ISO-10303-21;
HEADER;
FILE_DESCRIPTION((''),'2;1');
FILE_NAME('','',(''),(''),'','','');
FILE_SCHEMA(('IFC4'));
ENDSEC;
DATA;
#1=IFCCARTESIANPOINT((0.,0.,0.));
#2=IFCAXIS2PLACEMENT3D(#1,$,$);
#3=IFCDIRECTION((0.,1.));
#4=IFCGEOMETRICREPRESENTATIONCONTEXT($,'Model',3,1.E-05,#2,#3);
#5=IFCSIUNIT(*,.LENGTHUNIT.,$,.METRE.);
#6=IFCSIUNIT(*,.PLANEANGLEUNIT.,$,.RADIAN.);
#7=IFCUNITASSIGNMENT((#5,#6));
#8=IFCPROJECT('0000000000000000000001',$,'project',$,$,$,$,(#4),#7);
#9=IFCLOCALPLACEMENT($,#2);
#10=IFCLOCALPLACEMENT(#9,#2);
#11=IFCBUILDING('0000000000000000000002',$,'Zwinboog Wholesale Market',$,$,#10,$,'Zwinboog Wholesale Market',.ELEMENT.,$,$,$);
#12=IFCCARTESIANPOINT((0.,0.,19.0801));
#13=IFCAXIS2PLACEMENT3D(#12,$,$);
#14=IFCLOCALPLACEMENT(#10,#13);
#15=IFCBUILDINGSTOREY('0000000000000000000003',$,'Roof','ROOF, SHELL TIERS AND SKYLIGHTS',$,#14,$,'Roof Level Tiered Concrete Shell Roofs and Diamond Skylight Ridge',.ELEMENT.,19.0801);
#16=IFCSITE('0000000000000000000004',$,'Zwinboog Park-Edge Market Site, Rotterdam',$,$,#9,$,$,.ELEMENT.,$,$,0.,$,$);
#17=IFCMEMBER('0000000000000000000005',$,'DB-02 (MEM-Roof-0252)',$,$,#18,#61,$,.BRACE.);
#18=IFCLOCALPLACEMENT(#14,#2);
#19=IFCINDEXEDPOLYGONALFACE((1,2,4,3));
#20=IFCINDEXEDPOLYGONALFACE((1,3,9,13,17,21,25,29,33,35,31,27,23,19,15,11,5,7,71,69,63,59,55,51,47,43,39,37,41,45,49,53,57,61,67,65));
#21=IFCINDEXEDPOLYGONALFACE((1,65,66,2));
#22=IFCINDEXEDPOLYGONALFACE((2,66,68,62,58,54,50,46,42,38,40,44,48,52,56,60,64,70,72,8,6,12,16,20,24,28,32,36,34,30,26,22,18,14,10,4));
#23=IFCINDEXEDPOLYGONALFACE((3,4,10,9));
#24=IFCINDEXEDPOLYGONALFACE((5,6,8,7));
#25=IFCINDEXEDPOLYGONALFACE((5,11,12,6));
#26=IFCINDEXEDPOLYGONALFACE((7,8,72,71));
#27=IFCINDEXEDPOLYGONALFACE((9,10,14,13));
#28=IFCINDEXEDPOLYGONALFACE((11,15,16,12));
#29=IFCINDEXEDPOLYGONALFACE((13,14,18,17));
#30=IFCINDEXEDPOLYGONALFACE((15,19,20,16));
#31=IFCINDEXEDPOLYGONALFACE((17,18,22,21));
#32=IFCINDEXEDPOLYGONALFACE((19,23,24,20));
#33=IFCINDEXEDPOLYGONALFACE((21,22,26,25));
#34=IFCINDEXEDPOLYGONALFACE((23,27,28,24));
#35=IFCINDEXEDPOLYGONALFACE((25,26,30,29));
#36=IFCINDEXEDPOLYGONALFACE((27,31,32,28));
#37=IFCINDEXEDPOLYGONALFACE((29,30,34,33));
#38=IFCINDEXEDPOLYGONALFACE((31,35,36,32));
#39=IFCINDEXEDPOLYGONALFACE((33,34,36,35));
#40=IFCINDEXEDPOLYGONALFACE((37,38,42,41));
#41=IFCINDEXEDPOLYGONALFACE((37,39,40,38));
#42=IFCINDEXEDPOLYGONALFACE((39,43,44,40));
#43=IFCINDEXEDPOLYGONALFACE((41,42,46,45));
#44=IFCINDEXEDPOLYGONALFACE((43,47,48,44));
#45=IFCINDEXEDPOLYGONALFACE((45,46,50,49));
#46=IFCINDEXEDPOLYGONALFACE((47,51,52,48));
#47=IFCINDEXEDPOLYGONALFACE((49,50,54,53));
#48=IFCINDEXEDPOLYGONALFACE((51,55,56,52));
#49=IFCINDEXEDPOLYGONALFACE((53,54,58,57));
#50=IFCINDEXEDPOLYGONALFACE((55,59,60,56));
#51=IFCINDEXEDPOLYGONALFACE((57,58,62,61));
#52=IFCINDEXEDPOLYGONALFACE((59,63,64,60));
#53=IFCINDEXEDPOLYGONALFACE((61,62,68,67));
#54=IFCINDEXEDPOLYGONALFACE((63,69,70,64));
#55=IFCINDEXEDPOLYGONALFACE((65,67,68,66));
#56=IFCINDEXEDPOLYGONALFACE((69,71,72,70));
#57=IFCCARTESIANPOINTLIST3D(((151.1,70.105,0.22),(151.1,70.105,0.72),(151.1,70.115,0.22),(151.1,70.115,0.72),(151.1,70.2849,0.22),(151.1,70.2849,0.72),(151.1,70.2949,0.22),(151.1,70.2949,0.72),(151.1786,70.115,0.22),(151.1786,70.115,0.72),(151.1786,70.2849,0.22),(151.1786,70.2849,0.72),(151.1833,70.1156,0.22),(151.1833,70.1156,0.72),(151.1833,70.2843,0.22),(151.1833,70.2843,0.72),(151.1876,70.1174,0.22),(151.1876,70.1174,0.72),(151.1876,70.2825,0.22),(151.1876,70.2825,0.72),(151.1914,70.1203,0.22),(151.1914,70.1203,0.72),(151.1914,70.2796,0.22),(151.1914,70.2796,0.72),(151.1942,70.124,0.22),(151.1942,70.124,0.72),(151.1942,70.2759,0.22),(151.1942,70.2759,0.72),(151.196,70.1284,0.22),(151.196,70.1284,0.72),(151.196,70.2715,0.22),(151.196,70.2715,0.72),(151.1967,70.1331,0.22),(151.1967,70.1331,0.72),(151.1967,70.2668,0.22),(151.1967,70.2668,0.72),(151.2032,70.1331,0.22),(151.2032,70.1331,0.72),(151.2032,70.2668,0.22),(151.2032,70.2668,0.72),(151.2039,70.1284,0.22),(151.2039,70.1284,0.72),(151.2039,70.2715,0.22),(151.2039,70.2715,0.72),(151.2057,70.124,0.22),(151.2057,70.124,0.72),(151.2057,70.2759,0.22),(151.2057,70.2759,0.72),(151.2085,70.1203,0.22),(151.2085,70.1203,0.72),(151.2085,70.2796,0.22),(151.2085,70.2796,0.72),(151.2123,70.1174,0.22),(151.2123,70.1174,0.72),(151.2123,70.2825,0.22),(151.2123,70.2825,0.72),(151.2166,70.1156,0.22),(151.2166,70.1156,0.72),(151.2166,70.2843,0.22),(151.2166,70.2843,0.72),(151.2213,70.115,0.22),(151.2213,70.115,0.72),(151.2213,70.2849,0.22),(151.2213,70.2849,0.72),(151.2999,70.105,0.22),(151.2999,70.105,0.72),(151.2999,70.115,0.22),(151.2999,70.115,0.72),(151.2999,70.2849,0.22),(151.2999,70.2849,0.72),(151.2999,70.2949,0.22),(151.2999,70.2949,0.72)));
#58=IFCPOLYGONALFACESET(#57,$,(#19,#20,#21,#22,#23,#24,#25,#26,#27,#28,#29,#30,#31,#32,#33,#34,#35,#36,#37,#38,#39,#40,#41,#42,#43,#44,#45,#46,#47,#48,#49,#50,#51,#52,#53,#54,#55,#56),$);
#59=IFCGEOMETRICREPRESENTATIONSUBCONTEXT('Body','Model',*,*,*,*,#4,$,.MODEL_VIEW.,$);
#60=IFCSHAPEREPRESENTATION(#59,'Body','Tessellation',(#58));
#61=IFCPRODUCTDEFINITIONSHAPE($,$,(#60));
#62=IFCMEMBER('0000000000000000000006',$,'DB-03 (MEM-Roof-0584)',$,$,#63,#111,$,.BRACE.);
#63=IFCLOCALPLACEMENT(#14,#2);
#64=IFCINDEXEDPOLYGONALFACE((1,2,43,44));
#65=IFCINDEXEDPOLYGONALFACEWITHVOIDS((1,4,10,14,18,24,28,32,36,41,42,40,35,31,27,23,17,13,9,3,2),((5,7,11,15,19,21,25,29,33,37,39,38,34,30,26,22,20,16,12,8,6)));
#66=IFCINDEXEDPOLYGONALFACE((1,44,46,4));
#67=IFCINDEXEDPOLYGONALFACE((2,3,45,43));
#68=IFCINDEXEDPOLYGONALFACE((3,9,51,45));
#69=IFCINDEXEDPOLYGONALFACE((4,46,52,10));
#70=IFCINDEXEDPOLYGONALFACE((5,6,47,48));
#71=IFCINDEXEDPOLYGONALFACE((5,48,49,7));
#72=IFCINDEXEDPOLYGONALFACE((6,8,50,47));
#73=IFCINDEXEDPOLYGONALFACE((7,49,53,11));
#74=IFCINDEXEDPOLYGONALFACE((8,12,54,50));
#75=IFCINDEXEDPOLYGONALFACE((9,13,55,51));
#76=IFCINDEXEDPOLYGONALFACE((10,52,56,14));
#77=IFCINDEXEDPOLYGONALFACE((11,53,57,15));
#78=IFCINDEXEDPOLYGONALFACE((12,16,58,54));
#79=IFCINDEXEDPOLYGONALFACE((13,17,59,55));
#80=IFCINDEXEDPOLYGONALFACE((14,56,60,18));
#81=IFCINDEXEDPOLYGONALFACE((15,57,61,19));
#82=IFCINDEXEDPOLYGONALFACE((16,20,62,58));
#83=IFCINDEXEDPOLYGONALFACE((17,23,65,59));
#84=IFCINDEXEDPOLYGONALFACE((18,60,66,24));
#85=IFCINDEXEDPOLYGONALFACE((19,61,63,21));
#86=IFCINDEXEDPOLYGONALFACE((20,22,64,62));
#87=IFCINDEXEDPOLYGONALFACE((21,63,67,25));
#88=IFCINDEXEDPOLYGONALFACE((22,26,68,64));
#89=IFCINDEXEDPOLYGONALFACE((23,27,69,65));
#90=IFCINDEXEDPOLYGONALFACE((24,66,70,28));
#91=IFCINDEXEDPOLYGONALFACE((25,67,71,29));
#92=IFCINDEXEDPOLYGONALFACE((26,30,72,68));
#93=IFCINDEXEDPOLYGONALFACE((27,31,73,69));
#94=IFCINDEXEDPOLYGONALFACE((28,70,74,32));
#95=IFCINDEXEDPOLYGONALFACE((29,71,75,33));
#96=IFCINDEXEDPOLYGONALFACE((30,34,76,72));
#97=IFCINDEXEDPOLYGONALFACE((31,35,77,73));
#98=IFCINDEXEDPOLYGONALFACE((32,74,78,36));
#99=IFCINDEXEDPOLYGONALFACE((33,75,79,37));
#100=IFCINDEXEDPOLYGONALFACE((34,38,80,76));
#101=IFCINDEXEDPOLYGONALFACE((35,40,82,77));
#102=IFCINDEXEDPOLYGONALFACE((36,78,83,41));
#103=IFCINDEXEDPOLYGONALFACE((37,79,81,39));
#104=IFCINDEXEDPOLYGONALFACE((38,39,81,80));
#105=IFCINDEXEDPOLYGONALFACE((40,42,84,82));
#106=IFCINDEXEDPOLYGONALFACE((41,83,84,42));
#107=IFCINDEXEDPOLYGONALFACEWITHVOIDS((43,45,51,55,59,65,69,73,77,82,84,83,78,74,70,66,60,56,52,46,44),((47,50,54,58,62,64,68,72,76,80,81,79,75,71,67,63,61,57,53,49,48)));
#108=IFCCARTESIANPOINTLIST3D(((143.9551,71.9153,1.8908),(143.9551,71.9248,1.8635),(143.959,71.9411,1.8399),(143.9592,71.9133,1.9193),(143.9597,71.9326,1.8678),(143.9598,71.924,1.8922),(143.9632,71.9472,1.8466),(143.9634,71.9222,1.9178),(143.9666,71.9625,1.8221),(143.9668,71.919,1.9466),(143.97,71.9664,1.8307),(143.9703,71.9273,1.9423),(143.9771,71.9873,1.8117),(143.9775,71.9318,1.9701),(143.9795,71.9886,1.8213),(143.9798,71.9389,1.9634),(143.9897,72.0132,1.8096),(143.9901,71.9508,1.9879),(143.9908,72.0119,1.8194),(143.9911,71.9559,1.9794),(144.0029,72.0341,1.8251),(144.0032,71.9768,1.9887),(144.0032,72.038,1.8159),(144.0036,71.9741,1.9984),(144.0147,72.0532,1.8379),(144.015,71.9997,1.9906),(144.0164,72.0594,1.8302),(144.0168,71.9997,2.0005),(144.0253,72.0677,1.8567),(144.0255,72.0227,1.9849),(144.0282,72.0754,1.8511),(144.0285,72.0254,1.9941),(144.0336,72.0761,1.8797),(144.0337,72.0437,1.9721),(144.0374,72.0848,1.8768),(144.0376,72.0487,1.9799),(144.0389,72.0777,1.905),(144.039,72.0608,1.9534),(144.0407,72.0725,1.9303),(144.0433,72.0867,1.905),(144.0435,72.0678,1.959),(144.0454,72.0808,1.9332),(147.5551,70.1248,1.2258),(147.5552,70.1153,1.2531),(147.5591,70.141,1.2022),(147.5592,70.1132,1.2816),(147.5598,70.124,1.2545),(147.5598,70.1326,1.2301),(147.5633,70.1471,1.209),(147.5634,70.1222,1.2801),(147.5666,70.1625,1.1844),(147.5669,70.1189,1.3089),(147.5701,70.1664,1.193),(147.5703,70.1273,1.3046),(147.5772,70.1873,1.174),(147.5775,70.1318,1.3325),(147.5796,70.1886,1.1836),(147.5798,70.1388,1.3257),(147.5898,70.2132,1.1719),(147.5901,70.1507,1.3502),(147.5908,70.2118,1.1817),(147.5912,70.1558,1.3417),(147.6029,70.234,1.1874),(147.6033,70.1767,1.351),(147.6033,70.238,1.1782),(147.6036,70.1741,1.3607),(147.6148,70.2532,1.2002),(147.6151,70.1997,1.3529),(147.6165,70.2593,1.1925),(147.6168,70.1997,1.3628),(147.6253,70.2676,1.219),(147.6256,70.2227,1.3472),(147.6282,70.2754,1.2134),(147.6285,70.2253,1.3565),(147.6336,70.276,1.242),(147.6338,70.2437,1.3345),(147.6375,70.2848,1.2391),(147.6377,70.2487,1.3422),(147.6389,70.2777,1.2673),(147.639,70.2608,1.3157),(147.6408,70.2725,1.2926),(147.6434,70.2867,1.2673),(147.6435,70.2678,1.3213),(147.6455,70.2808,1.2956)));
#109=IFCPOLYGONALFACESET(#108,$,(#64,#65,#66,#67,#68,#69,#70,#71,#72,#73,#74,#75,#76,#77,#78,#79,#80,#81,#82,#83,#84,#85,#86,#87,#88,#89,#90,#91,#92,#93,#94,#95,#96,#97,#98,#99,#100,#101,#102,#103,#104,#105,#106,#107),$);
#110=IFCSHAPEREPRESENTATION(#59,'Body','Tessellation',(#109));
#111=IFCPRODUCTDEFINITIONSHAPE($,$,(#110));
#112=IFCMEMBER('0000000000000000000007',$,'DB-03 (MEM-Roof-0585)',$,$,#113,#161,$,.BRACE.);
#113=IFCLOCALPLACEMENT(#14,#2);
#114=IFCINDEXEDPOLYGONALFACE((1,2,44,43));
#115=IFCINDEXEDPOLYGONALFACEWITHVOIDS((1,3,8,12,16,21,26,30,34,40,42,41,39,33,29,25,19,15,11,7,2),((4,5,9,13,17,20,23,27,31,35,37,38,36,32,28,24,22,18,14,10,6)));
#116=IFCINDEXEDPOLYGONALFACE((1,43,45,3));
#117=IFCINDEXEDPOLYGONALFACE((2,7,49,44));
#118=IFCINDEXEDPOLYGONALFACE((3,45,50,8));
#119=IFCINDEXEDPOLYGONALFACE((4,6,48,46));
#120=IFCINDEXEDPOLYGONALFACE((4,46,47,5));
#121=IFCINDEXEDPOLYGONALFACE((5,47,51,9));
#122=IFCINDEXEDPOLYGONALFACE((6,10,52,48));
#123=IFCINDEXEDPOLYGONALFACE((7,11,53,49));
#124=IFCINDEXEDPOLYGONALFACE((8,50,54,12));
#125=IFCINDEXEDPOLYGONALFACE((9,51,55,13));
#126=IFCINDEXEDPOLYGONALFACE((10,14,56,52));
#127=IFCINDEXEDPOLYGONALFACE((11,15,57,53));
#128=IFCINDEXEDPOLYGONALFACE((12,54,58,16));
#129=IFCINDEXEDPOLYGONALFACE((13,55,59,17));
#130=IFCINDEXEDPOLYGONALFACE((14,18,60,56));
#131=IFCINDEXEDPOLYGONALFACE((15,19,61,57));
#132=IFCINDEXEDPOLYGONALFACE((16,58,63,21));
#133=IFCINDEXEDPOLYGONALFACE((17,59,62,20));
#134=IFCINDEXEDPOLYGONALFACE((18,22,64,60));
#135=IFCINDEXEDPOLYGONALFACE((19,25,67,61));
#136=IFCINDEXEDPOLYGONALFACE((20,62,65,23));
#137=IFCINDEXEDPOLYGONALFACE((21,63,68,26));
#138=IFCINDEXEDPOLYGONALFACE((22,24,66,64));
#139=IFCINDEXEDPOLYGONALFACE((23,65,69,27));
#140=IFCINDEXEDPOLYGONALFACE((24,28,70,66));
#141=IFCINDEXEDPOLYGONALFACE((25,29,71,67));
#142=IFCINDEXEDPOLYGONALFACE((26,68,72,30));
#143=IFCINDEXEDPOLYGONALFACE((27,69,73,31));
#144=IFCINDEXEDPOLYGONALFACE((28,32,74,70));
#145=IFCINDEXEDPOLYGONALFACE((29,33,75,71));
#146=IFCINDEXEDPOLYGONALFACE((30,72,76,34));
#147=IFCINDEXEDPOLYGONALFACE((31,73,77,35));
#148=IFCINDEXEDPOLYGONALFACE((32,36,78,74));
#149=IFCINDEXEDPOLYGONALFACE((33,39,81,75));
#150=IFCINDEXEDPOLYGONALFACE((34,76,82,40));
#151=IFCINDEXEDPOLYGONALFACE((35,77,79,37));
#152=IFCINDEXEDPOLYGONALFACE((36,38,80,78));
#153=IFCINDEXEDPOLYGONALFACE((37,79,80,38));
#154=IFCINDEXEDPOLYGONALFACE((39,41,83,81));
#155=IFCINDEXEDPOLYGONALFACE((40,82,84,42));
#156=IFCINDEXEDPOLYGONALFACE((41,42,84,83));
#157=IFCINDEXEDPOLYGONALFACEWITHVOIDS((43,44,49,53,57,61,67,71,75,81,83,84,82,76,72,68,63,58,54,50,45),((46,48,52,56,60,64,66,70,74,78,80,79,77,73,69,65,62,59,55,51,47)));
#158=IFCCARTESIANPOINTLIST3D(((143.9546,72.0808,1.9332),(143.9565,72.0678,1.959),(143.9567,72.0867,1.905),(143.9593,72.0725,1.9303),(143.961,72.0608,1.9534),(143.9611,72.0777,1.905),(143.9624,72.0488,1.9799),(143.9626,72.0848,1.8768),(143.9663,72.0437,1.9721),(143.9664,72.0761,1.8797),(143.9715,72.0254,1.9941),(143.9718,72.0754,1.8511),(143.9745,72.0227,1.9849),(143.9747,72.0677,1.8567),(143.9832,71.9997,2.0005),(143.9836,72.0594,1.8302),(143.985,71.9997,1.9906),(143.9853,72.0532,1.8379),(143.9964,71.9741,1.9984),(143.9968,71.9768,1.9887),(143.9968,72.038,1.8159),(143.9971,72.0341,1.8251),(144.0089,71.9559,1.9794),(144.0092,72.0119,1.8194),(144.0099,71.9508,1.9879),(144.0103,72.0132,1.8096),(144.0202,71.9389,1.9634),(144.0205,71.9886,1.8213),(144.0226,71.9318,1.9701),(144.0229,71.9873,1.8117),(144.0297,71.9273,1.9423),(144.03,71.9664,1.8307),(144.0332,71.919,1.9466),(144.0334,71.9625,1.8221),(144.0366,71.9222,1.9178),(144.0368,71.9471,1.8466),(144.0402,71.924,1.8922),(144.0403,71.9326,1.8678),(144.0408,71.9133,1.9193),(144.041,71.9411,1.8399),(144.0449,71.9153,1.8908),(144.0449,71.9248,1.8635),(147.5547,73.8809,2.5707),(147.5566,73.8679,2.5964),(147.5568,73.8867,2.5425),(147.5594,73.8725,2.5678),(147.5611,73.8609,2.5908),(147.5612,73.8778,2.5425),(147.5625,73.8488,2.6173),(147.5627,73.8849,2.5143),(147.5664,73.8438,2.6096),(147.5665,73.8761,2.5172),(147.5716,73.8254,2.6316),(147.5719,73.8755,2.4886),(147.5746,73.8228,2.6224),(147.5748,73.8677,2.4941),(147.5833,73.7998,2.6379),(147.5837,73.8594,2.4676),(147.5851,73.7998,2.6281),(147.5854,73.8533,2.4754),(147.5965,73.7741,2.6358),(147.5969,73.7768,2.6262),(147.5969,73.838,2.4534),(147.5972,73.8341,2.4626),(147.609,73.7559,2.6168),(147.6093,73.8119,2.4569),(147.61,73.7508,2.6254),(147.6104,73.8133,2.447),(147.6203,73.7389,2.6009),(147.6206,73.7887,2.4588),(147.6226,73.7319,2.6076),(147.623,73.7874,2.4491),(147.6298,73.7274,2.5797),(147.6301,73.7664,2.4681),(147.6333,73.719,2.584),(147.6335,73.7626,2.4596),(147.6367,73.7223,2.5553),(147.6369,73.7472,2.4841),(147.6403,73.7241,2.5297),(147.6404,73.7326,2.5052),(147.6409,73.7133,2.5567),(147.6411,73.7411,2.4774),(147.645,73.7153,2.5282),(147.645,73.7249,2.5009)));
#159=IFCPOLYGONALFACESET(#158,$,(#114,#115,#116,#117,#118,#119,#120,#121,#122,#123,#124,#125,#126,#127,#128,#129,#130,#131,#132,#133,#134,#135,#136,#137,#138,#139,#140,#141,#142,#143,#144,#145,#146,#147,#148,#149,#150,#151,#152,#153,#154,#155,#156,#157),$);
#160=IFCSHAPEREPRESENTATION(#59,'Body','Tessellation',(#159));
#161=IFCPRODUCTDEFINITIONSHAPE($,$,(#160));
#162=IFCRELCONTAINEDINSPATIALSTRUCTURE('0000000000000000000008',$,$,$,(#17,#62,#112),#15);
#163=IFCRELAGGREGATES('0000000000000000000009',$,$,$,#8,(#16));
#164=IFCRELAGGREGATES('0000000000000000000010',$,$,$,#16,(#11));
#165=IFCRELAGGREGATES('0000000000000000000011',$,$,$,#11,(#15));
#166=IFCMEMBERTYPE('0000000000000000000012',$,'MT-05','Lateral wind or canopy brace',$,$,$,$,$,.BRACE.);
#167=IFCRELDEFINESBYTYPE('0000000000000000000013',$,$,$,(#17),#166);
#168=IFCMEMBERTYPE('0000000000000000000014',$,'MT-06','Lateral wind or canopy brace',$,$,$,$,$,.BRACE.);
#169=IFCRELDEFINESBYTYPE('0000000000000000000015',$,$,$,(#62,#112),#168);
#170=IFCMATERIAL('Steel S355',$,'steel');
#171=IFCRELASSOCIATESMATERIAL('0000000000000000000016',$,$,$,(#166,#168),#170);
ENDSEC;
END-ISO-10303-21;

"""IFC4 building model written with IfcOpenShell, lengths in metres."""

from ifc_helpers import new_model, si_unit, direction, frame, origin, origin_2d, place, context, subcontext, project, spatial, hollow_circle, i_section, extrude, material, material_profile, profile_set, type_object, element, save


model = new_model("IFC4")

# Units and contexts
model_context = context("Model", 3, precision=1e-05, world=origin(), true_north=direction((0.0, 1.0)))
body_context = subcontext(model_context, "Body", "Model", "MODEL_VIEW")
ifc_project = project(units=[si_unit("LENGTHUNIT", "METRE"), si_unit("PLANEANGLEUNIT", "RADIAN")], contexts=[model_context])

# Site, building, storey
site_placement = place(None, origin())
site = spatial("IfcSite", under=ifc_project, at=site_placement, Name="Zwinboog Park-Edge Market Site, Rotterdam", CompositionType="ELEMENT", RefElevation=0.0)
building_placement = place(site_placement, origin())
building = spatial("IfcBuilding", under=site, at=building_placement, Name="Zwinboog Wholesale Market", LongName="Zwinboog Wholesale Market", CompositionType="ELEMENT")
storey_placement = place(building_placement, frame((0.0, 0.0, 19.0801)))
storey = spatial("IfcBuildingStorey", under=building, at=storey_placement, Name="Roof", Description="ROOF, SHELL TIERS AND SKYLIGHTS", LongName="Roof Level Tiered Concrete Shell Roofs and Diamond Skylight Ridge", CompositionType="ELEMENT", Elevation=19.0801)

# Members
ifc_material_1 = material(Name="Steel S355", Category="steel")
ifc_material_profile_1 = material_profile(ifc_material_1, i_section(OverallWidth=0.2, OverallDepth=0.1899, WebThickness=0.0066, FlangeThickness=0.01, FilletRadius=0.0181, at=origin_2d()), Name="HEA 200")
ifc_profile_set_1 = profile_set([ifc_material_profile_1], Name="Steel S355")
member_type_1 = type_object("IfcMemberType", Name="MT-05", Description="Lateral wind or canopy brace", PredefinedType="BRACE", material=ifc_profile_set_1)
member_1_placement = place(storey_placement, frame((151.2, 70.2, 0.22), z_axis=(0.0, 0.0, 1.0), x_axis=(1.0, 0.0, 0.0)))
element("IfcMember", 1, at=member_1_placement, inside=storey, type_object=member_type_1, Name="DB-02 (MEM-Roof-0252)", PredefinedType="BRACE", context=body_context, shape_type="SweptSolid", body=[
    extrude(i_section(OverallWidth=0.2, OverallDepth=0.1899, WebThickness=0.0066, FlangeThickness=0.01, FilletRadius=0.0181, at=origin_2d()), origin(), (0.0, 0.0, 1.0), 0.5),
])
ifc_material_profile_2 = material_profile(ifc_material_1, hollow_circle(Radius=0.0969, WallThickness=0.01, at=origin_2d()), Name="CHS 193.7x10")
ifc_profile_set_2 = profile_set([ifc_material_profile_2], Name="Steel S355")
member_type_2 = type_object("IfcMemberType", Name="MT-06", Description="Lateral wind or canopy brace", PredefinedType="BRACE", material=ifc_profile_set_2)
for number, where, z_axis, x_axis, name in (
    (2, (144.0, 72.0, 1.905), (0.883409, -0.441704, -0.156481), (0.447214, 0.894427, 0.0), "DB-03 (MEM-Roof-0584)"),
    (3, (144.0, 72.0, 1.905), (0.883417, 0.441709, 0.156422), (-0.447214, 0.894427, 0.0), "DB-03 (MEM-Roof-0585)"),
):
    element("IfcMember", number, at=place(storey_placement, frame(where, z_axis=z_axis, x_axis=x_axis)), inside=storey, type_object=member_type_2, Name=name, PredefinedType="BRACE", context=body_context, shape_type="SweptSolid", body=[
        extrude(hollow_circle(Radius=0.0969, WallThickness=0.01, at=origin_2d()), origin(), (0.0, 0.0, 1.0), 4.0752),
    ])

save(model, "model.ifc")
